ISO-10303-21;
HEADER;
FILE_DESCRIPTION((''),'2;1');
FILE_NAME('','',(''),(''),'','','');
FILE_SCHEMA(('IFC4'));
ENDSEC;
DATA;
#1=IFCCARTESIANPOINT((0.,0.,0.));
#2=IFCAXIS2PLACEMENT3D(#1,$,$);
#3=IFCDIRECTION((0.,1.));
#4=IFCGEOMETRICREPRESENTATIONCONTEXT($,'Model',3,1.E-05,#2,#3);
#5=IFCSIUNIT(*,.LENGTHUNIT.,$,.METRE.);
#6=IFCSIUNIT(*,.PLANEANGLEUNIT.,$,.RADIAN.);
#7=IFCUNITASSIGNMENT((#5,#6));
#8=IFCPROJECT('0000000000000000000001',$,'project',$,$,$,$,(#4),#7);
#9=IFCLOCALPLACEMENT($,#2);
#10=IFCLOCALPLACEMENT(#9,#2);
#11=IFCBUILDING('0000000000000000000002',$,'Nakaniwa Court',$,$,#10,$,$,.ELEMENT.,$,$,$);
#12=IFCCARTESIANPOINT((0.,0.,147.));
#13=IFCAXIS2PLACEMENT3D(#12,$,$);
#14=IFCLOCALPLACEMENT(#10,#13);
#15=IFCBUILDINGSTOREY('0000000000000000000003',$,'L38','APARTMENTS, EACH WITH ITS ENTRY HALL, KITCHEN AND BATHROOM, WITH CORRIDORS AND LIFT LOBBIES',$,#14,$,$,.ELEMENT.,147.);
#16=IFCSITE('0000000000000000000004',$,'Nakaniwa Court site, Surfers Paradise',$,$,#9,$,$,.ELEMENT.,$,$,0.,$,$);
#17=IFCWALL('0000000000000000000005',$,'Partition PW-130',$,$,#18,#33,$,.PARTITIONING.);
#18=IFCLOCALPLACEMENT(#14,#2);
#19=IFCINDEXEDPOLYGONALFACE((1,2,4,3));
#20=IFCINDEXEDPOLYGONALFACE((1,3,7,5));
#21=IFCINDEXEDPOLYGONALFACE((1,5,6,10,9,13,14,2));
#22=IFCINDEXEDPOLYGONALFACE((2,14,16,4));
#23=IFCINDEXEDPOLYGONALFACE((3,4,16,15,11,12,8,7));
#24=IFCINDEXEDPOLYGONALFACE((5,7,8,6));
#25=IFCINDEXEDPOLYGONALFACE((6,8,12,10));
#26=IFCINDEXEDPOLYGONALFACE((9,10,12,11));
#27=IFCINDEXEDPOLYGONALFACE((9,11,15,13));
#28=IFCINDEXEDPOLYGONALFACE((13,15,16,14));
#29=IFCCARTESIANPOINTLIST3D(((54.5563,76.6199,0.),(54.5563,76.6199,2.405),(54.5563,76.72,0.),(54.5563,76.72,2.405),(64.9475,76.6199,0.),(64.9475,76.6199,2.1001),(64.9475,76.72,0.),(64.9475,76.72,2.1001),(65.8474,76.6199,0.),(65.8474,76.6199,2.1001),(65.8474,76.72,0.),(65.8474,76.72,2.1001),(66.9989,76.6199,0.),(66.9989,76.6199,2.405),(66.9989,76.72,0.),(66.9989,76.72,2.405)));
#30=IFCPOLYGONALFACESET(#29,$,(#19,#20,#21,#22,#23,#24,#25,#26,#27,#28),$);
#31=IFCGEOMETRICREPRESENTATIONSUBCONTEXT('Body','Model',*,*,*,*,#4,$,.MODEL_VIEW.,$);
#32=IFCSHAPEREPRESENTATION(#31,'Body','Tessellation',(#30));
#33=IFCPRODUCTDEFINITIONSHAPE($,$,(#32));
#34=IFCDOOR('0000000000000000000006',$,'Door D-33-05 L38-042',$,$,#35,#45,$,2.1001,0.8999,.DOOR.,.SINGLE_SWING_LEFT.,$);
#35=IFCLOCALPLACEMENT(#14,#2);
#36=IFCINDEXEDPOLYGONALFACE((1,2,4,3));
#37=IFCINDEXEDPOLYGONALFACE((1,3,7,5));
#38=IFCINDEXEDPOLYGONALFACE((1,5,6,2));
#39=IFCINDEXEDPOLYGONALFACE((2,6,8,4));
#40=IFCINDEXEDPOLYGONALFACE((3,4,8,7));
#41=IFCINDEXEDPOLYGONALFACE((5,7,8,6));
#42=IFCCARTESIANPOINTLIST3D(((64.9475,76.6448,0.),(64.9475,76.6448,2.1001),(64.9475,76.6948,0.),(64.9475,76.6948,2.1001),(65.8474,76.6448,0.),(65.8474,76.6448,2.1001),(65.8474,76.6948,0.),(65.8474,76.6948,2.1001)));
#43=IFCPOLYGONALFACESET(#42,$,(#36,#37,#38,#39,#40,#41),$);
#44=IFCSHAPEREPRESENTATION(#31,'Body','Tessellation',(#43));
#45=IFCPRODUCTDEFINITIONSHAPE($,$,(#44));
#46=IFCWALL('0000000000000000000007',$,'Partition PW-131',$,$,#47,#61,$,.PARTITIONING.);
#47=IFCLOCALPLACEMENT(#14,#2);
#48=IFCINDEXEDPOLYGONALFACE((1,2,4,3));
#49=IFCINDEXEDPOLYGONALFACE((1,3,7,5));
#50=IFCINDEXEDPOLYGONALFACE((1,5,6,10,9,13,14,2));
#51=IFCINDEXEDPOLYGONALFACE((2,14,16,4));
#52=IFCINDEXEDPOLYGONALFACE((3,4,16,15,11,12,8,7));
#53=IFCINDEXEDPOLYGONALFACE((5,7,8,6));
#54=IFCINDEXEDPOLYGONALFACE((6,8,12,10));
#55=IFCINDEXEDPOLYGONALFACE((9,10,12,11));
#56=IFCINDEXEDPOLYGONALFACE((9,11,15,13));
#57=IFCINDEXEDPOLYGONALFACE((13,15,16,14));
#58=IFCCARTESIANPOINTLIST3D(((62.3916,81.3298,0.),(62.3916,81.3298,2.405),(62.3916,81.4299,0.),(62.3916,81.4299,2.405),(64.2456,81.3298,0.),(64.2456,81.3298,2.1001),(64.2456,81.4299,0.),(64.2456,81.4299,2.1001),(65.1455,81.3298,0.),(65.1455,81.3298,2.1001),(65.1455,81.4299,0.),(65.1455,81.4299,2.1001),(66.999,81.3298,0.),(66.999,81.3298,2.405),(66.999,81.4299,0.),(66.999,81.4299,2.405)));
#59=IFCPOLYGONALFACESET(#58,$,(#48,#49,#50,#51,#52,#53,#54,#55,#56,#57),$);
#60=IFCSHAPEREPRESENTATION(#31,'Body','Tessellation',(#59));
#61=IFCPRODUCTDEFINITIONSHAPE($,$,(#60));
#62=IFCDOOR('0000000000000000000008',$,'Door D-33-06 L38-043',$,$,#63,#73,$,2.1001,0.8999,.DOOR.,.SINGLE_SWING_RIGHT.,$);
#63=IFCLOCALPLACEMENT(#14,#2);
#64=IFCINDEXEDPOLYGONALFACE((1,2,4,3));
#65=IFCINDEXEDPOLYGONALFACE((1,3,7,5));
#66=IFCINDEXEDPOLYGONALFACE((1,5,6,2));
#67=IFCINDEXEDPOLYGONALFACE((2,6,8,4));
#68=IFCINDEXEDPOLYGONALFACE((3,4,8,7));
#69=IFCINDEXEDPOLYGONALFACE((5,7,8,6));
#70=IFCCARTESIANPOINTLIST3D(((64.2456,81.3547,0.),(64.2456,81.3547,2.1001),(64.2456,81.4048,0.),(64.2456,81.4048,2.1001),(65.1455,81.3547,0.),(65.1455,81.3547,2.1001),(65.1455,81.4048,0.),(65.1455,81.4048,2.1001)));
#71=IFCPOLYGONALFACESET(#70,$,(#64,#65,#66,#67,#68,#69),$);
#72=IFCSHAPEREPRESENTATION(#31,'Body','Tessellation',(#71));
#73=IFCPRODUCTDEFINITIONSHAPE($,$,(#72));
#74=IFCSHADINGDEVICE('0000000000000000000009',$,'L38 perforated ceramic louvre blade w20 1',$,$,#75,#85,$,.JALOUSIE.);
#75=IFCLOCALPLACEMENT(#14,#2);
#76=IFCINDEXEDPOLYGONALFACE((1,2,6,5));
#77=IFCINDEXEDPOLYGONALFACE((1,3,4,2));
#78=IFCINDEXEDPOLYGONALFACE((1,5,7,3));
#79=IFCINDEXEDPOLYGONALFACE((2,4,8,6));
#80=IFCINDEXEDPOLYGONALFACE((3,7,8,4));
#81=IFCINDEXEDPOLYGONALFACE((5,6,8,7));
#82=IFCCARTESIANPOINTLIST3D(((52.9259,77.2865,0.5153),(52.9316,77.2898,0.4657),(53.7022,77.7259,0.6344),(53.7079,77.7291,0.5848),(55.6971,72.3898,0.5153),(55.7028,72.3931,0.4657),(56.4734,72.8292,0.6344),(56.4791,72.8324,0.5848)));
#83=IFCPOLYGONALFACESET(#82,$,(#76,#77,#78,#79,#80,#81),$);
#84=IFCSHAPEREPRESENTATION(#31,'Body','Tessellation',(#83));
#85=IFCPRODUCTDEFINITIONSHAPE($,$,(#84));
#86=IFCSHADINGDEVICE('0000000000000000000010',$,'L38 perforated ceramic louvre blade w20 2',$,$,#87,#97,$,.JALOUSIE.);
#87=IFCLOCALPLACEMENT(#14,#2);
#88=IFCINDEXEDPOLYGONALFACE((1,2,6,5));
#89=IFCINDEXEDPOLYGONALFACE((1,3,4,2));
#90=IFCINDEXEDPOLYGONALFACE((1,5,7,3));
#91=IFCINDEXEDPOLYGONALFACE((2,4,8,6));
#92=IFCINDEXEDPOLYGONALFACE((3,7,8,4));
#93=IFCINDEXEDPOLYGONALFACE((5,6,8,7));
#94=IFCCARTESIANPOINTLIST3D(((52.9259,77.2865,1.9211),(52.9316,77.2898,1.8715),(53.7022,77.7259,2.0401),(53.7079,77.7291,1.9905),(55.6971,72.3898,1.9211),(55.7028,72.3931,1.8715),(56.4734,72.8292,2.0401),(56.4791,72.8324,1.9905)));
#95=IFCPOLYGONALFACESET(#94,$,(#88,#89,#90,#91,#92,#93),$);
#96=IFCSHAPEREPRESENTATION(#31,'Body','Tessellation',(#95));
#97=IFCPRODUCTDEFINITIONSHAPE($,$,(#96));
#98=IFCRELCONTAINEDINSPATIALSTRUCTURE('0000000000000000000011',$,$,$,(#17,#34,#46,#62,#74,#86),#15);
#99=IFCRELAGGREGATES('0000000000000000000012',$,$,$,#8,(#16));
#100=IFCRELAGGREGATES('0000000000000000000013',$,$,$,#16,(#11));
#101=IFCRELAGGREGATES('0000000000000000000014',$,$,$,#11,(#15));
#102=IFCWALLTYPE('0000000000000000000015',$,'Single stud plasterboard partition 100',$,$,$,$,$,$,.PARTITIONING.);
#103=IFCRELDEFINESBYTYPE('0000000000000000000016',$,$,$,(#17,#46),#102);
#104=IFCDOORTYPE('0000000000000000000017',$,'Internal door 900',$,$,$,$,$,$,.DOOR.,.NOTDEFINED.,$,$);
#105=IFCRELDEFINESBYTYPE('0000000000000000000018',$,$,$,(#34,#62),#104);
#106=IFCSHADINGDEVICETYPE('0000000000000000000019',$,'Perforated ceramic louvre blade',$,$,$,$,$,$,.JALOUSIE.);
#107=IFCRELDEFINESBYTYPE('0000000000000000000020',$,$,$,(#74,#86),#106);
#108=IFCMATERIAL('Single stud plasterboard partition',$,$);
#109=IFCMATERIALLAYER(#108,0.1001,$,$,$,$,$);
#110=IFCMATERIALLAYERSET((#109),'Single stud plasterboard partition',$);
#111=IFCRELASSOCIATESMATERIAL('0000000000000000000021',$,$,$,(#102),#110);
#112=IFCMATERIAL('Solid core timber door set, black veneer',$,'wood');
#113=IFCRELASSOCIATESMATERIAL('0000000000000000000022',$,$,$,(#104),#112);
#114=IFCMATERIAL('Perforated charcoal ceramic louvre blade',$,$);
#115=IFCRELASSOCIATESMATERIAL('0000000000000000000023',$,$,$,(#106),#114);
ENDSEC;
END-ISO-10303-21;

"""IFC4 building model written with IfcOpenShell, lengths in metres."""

from ifc_helpers import new_model, si_unit, direction, frame, frame_2d, origin, origin_2d, place, context, subcontext, project, spatial, rectangle, extrude, material, layer, layer_set, material_profile, profile_set, type_object, element, fill, save


model = new_model("IFC4")

# Units and contexts
model_context = context("Model", 3, precision=1e-05, world=origin(), true_north=direction((0.0, 1.0)))
body_context = subcontext(model_context, "Body", "Model", "MODEL_VIEW")
ifc_project = project(units=[si_unit("LENGTHUNIT", "METRE"), si_unit("PLANEANGLEUNIT", "RADIAN")], contexts=[model_context])

# Site, building, storey
site_placement = place(None, origin())
site = spatial("IfcSite", under=ifc_project, at=site_placement, Name="Nakaniwa Court site, Surfers Paradise", CompositionType="ELEMENT", RefElevation=0.0)
building_placement = place(site_placement, origin())
building = spatial("IfcBuilding", under=site, at=building_placement, Name="Nakaniwa Court", CompositionType="ELEMENT")
storey_placement = place(building_placement, frame((0.0, 0.0, 147.0)))
storey = spatial("IfcBuildingStorey", under=building, at=storey_placement, Name="L38", Description="APARTMENTS, EACH WITH ITS ENTRY HALL, KITCHEN AND BATHROOM, WITH CORRIDORS AND LIFT LOBBIES", CompositionType="ELEMENT", Elevation=147.0)

# Shared definitions
ifc_material_1 = material(Name="Single stud plasterboard partition")
ifc_layer_1 = layer(ifc_material_1, 0.1001)
ifc_layer_set_1 = layer_set([ifc_layer_1], Name="Single stud plasterboard partition")
wall_type_1 = type_object("IfcWallType", Name="Single stud plasterboard partition 100", PredefinedType="PARTITIONING", material=ifc_layer_set_1)

# Walls, openings, doors
wall_1_placement = place(storey_placement, frame((54.5564, 76.6699, 0.0), z_axis=(0.0, 0.0, 1.0), x_axis=(1.0, 0.0, 0.0)))
wall_1 = element("IfcWall", 1, at=wall_1_placement, inside=storey, type_object=wall_type_1, Name="Partition PW-130", PredefinedType="PARTITIONING", context=body_context, shape_type="SweptSolid", body=[
    extrude(rectangle(XDim=12.4426, YDim=0.1001, at=frame_2d((6.2212, 0.0))), origin(), (0.0, 0.0, 1.0), 2.405),
])
opening_1_placement = place(wall_1_placement, frame((10.3911, 0.0, 0.0)))
opening_1 = element("IfcOpeningElement", 2, at=opening_1_placement, cuts=wall_1, PredefinedType="OPENING", context=body_context, shape_type="SweptSolid", body=[
    extrude(rectangle(XDim=0.8999, YDim=2.1001, at=frame_2d((0.45, 1.05))), frame((0.0, 0.0601, 0.0), z_axis=(0.0, -1.0, 0.0), x_axis=(1.0, 0.0, 0.0)), (0.0, 0.0, 1.0), 0.1201),
])
ifc_material_2 = material(Name="Solid core timber door set, black veneer", Category="wood")
door_type = type_object("IfcDoorType", Name="Internal door 900", OperationType="NOTDEFINED", PredefinedType="DOOR", material=ifc_material_2)
door_1_placement = place(opening_1_placement, origin())
door_1 = element("IfcDoor", 3, at=door_1_placement, inside=storey, type_object=door_type, Name="Door D-33-05 L38-042", OperationType="SINGLE_SWING_LEFT", OverallHeight=2.1001, OverallWidth=0.8999, PredefinedType="DOOR", context=body_context, shape_type="SweptSolid", body=[
    extrude(rectangle(XDim=0.8999, YDim=2.1001, at=frame_2d((0.45, 1.05))), frame((0.0, 0.0249, 0.0), z_axis=(0.0, -1.0, 0.0), x_axis=(1.0, 0.0, 0.0)), (0.0, 0.0, 1.0), 0.05),
])
fill(opening_1, door_1)
wall_2_placement = place(storey_placement, frame((62.3916, 81.3799, 0.0), z_axis=(0.0, 0.0, 1.0), x_axis=(1.0, 0.0, 0.0)))
wall_2 = element("IfcWall", 4, at=wall_2_placement, inside=storey, type_object=wall_type_1, Name="Partition PW-131", PredefinedType="PARTITIONING", context=body_context, shape_type="SweptSolid", body=[
    extrude(rectangle(XDim=4.6074, YDim=0.1001, at=frame_2d((2.3037, 0.0))), origin(), (0.0, 0.0, 1.0), 2.405),
])
opening_2_placement = place(wall_2_placement, frame((1.854, 0.0, 0.0)))
opening_2 = element("IfcOpeningElement", 5, at=opening_2_placement, cuts=wall_2, PredefinedType="OPENING", context=body_context, shape_type="SweptSolid", body=[
    extrude(rectangle(XDim=0.8999, YDim=2.1001, at=frame_2d((0.45, 1.05))), frame((0.0, 0.0601, 0.0), z_axis=(0.0, -1.0, 0.0), x_axis=(1.0, 0.0, 0.0)), (0.0, 0.0, 1.0), 0.1201),
])
door_2_placement = place(opening_2_placement, origin())
door_2 = element("IfcDoor", 6, at=door_2_placement, inside=storey, type_object=door_type, Name="Door D-33-06 L38-043", OperationType="SINGLE_SWING_RIGHT", OverallHeight=2.1001, OverallWidth=0.8999, PredefinedType="DOOR", context=body_context, shape_type="SweptSolid", body=[
    extrude(rectangle(XDim=0.8999, YDim=2.1001, at=frame_2d((0.45, 1.05))), frame((0.0, 0.0249, 0.0), z_axis=(0.0, -1.0, 0.0), x_axis=(1.0, 0.0, 0.0)), (0.0, 0.0, 1.0), 0.05),
])
fill(opening_2, door_2)

# Shading devices
ifc_material_3 = material(Name="Perforated charcoal ceramic louvre blade")
ifc_material_profile_1 = material_profile(ifc_material_3, rectangle(XDim=0.8999, YDim=0.05, at=origin_2d()), Name="Perforated ceramic louvre blade")
ifc_profile_set_1 = profile_set([ifc_material_profile_1], Name="Perforated charcoal ceramic louvre blade")
shading_device_type = type_object("IfcShadingDeviceType", Name="Perforated ceramic louvre blade", PredefinedType="JALOUSIE", material=ifc_profile_set_1)
for number, where, z_axis, x_axis, name in (
    (7, (53.3169, 77.5078, 0.55), (0.492532, -0.870294, 0.0), (0.862649, 0.488205, 0.132256), "L38 perforated ceramic louvre blade w20 1"),
    (8, (53.3169, 77.5078, 1.9558), (0.492532, -0.870294, 0.0), (0.862649, 0.488205, 0.132256), "L38 perforated ceramic louvre blade w20 2"),
):
    element("IfcShadingDevice", number, at=place(storey_placement, frame(where, z_axis=z_axis, x_axis=x_axis)), inside=storey, type_object=shading_device_type, Name=name, PredefinedType="JALOUSIE", context=body_context, shape_type="SweptSolid", body=[
        extrude(rectangle(XDim=0.8999, YDim=0.05, at=origin_2d()), origin(), (0.0, 0.0, 1.0), 5.6265),
    ])

save(model, "model.ifc")
